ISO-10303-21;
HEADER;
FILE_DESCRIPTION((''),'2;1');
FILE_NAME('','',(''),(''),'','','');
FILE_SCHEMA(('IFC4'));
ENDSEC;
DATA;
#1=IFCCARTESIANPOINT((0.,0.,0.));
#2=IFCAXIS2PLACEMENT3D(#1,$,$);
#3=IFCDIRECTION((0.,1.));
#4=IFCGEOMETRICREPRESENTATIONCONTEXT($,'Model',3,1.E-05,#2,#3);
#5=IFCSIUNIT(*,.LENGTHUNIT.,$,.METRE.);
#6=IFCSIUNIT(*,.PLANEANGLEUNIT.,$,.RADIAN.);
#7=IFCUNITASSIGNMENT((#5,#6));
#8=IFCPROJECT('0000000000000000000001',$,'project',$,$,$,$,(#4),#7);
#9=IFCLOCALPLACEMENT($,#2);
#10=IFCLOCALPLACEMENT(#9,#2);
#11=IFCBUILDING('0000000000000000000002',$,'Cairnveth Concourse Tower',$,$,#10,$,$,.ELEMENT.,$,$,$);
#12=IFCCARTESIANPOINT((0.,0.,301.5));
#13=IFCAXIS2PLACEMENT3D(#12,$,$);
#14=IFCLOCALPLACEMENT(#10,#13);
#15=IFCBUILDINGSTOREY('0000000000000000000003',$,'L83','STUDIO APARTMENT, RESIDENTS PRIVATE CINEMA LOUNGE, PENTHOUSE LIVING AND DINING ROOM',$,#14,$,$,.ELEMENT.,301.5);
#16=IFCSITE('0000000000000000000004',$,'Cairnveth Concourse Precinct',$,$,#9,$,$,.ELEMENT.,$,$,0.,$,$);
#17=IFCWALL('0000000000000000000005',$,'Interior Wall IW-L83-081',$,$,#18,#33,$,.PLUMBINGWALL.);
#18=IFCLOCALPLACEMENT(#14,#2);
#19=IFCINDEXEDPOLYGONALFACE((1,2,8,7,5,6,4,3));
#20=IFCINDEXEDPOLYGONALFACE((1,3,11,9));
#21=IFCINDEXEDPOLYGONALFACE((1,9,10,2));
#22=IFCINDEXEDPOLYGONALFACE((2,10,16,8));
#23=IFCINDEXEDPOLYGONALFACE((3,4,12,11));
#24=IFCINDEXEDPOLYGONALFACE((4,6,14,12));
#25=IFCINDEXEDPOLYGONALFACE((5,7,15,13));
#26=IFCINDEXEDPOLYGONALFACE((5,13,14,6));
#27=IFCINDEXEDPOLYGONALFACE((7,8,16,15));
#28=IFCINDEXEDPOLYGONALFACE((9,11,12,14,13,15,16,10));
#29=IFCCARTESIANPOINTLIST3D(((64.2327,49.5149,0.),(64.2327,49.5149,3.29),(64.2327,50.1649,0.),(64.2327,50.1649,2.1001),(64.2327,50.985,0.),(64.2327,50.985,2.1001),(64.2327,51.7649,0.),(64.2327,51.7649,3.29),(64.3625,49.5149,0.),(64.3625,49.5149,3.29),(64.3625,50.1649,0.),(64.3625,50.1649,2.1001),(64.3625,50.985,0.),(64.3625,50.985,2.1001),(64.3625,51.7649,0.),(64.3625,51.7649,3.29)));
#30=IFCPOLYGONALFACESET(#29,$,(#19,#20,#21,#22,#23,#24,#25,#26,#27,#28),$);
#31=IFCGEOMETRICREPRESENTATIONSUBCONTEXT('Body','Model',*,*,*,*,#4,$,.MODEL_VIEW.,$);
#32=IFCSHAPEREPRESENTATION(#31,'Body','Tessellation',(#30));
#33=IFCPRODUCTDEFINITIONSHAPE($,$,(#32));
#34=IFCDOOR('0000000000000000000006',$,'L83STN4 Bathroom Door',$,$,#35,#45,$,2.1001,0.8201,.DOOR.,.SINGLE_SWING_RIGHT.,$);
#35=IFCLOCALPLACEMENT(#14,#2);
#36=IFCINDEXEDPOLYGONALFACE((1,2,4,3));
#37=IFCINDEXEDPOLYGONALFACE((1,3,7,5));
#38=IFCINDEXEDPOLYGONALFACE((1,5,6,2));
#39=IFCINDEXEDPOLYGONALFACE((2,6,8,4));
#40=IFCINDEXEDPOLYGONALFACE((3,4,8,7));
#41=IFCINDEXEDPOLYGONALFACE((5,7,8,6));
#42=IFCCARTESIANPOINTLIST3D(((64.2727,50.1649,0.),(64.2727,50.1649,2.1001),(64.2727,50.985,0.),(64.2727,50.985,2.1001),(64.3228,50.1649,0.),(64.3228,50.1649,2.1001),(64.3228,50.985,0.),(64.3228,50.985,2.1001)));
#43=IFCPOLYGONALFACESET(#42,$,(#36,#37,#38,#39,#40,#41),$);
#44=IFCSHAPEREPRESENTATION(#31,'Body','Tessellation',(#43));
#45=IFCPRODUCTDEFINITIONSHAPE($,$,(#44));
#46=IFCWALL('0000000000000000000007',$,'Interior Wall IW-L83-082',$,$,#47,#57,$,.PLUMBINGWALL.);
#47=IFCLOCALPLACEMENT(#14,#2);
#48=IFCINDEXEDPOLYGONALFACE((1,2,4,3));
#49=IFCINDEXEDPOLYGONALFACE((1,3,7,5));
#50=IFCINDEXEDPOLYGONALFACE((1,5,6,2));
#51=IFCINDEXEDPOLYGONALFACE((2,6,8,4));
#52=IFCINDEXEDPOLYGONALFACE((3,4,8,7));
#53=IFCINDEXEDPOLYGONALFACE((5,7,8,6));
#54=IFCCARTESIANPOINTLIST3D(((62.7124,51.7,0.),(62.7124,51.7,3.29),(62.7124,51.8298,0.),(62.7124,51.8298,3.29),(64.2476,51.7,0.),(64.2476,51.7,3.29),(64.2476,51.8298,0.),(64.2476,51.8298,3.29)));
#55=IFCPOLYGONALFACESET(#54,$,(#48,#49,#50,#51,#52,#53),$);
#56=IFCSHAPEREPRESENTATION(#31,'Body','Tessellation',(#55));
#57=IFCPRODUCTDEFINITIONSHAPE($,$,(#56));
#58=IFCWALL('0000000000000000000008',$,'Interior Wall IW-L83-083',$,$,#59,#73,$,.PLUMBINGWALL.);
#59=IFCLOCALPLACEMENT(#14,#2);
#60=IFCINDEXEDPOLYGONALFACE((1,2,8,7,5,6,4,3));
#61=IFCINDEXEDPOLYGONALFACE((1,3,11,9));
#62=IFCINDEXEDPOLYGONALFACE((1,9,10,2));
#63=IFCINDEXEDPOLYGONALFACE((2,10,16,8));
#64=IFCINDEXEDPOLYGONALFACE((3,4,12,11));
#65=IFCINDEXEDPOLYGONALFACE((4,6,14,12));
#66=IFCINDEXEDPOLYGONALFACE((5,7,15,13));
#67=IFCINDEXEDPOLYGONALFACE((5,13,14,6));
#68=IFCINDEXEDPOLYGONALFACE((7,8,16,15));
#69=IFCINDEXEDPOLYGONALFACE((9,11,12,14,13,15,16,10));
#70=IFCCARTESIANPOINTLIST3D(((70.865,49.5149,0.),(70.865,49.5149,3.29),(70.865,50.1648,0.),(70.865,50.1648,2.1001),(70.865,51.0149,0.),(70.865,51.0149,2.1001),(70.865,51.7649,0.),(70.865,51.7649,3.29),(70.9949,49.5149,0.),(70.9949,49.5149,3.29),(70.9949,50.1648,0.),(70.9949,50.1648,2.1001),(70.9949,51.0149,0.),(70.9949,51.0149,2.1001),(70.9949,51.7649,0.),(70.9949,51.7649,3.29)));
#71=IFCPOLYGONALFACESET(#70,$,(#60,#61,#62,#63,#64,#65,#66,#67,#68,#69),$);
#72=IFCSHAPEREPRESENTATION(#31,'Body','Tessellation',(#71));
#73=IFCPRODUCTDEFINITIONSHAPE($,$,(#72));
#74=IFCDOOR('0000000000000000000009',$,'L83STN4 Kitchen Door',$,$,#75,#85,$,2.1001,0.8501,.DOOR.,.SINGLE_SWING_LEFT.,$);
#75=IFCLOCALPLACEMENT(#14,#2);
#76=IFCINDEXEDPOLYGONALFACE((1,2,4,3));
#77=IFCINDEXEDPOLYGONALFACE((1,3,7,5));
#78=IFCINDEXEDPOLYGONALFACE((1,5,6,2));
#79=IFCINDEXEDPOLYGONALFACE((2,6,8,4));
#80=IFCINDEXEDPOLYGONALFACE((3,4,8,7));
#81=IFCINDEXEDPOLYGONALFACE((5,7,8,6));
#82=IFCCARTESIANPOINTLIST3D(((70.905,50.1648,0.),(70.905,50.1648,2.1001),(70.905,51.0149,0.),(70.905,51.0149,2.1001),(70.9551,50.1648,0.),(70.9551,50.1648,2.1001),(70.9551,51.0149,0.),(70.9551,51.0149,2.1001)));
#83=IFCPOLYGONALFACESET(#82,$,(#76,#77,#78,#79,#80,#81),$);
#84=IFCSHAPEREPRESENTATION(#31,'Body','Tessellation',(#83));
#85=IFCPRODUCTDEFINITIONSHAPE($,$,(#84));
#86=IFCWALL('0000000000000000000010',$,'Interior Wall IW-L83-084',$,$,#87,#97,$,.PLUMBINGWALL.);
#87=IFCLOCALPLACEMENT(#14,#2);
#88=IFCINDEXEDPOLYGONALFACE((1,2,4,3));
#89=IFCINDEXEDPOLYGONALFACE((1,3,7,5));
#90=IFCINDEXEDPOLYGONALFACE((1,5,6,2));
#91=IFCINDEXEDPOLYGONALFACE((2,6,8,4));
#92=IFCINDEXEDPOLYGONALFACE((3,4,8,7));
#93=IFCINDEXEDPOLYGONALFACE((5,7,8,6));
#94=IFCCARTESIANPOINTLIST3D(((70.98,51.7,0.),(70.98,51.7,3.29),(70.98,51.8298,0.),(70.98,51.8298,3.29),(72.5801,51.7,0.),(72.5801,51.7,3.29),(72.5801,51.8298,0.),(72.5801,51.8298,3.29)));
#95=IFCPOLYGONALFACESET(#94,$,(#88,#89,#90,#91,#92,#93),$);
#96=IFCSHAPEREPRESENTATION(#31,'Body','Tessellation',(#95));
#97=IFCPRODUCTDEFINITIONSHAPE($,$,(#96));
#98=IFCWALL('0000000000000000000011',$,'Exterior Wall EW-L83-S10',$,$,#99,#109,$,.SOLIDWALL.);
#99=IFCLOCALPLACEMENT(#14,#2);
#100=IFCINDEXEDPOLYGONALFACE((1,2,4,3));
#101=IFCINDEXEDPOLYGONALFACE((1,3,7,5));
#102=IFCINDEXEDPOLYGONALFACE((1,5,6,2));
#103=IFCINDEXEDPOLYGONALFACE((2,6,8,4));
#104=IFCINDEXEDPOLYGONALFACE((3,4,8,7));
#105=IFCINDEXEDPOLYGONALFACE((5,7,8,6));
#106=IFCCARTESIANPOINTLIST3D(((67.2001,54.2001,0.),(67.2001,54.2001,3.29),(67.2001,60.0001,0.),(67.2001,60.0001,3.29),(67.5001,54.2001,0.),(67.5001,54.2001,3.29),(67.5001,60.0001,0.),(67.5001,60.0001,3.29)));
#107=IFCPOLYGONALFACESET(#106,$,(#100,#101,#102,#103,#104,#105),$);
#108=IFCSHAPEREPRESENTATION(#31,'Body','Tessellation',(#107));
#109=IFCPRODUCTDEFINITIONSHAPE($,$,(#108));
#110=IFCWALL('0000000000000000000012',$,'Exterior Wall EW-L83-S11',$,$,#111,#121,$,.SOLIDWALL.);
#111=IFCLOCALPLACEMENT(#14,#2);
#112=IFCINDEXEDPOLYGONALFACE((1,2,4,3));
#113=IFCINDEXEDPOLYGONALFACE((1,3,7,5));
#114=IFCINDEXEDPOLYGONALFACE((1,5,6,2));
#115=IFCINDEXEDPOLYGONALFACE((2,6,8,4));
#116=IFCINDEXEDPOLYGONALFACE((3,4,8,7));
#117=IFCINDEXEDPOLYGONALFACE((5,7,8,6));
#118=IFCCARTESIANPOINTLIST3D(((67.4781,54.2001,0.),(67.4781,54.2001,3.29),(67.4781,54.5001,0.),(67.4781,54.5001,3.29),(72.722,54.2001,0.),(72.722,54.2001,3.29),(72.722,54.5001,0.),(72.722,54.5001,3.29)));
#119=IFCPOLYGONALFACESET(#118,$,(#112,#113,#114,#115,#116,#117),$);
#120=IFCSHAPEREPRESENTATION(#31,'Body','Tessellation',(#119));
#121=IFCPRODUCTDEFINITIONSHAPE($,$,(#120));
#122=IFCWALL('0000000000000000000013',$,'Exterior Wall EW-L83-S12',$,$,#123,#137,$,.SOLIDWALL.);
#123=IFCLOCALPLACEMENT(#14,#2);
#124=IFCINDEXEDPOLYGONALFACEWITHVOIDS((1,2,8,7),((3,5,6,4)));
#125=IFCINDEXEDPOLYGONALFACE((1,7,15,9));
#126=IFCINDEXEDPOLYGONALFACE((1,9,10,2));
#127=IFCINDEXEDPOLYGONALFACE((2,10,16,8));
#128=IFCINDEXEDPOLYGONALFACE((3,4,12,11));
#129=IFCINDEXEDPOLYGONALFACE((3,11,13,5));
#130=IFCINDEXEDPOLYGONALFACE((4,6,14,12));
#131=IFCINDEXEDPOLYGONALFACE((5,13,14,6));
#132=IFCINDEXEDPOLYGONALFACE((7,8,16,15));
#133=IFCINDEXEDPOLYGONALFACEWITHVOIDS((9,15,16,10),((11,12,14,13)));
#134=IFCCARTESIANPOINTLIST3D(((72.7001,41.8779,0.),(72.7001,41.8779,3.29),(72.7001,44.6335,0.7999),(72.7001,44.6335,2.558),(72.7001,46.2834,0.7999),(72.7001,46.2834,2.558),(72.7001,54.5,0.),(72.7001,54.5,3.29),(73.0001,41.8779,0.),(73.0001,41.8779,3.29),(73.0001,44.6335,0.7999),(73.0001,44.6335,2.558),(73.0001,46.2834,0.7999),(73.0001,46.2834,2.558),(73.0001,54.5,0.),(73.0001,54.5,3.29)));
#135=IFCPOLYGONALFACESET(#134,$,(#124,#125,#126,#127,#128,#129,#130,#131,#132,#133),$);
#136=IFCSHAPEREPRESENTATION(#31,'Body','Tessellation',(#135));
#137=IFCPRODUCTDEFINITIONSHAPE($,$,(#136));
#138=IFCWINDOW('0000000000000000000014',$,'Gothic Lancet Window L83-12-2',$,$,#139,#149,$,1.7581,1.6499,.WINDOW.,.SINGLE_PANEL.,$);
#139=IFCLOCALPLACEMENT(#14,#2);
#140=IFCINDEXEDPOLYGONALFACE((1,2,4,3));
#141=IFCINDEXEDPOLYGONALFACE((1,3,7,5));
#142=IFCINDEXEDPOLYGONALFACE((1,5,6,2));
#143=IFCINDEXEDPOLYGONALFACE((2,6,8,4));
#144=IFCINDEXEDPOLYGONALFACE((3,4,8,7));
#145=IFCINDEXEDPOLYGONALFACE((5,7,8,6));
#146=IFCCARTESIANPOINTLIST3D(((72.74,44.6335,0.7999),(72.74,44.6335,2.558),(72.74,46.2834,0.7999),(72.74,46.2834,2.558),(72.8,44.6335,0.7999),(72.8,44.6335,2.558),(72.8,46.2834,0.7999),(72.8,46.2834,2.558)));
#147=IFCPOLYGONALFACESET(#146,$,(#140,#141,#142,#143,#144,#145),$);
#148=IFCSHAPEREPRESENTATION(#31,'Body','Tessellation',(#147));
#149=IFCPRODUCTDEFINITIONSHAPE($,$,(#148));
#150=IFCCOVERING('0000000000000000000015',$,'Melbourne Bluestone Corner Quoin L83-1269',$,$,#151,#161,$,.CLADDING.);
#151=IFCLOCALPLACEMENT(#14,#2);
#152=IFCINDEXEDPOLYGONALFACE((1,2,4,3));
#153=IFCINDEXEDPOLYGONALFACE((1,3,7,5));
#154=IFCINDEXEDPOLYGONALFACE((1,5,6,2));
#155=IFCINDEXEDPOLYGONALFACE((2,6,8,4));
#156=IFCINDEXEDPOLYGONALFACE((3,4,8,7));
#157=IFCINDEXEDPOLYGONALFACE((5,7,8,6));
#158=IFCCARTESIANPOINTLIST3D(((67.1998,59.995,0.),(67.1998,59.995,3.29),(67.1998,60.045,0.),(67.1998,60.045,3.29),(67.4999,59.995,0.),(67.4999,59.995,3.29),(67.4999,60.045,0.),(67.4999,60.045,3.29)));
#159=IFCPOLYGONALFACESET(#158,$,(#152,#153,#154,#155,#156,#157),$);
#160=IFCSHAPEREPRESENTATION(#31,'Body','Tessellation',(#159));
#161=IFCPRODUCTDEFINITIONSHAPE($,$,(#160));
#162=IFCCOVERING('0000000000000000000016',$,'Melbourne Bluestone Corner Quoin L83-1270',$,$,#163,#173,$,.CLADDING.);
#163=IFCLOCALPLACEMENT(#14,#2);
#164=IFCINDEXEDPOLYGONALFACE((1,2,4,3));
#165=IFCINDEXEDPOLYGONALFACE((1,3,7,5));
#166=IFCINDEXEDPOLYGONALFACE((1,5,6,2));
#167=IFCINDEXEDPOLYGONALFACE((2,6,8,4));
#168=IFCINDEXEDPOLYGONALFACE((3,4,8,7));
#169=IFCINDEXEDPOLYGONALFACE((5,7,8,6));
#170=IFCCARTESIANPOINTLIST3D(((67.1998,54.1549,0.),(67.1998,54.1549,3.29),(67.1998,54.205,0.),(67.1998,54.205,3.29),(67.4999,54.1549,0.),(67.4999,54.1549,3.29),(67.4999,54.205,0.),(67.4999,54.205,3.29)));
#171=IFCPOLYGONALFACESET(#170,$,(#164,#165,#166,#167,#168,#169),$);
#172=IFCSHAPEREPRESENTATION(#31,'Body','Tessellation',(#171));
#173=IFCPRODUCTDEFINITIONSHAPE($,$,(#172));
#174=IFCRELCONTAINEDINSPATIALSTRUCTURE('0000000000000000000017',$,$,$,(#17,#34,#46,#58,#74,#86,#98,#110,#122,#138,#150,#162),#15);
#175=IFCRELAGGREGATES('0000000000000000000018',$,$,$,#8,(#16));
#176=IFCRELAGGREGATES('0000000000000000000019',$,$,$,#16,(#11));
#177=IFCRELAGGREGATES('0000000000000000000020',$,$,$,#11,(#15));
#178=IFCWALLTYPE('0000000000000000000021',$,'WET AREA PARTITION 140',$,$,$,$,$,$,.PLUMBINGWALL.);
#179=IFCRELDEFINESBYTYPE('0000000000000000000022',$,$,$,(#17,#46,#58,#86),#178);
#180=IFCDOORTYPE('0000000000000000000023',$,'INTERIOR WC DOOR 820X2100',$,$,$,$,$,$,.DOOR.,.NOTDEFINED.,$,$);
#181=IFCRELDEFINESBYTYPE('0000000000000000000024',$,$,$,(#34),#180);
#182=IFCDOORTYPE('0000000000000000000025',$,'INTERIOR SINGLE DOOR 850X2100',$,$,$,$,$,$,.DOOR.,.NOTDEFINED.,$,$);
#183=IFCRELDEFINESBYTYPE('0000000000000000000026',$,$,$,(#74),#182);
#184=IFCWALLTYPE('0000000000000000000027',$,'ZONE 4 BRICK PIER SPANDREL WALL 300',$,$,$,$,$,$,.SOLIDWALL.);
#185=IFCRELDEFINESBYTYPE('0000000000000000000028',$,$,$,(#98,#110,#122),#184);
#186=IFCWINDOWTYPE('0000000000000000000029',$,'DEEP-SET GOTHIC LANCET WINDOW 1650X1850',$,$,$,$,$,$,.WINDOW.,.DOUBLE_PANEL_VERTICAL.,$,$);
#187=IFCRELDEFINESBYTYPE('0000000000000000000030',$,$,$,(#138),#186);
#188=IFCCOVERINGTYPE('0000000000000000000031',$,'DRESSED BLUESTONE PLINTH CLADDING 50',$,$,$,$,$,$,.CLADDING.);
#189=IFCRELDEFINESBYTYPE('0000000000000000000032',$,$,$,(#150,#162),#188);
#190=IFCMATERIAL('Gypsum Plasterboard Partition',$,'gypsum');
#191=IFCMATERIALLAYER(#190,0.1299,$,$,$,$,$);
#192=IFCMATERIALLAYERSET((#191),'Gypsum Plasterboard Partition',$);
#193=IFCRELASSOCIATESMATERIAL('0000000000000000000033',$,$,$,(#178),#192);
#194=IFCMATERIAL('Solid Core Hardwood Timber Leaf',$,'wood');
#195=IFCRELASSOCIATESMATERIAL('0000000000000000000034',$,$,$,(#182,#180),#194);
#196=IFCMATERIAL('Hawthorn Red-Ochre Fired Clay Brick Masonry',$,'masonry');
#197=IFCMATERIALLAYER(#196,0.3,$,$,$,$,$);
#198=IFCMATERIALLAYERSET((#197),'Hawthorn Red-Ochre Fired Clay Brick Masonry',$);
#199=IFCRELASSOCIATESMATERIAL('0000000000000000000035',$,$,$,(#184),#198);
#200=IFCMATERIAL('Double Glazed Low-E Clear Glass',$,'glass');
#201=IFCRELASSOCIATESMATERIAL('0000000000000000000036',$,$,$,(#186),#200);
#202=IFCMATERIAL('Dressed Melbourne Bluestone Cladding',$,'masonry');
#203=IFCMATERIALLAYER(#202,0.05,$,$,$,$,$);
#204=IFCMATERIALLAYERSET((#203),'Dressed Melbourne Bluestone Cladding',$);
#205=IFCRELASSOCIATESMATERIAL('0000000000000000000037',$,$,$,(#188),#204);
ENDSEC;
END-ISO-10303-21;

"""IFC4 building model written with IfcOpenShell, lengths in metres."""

from ifc_helpers import new_model, si_unit, direction, frame, frame_2d, origin, place, context, subcontext, project, spatial, rectangle, extrude, material, layer, layer_set, type_object, element, fill, save


model = new_model("IFC4")

# Units and contexts
model_context = context("Model", 3, precision=1e-05, world=origin(), true_north=direction((0.0, 1.0)))
body_context = subcontext(model_context, "Body", "Model", "MODEL_VIEW")
ifc_project = project(units=[si_unit("LENGTHUNIT", "METRE"), si_unit("PLANEANGLEUNIT", "RADIAN")], contexts=[model_context])

# Site, building, storey
site_placement = place(None, origin())
site = spatial("IfcSite", under=ifc_project, at=site_placement, Name="Cairnveth Concourse Precinct", CompositionType="ELEMENT", RefElevation=0.0)
building_placement = place(site_placement, origin())
building = spatial("IfcBuilding", under=site, at=building_placement, Name="Cairnveth Concourse Tower", CompositionType="ELEMENT")
storey_placement = place(building_placement, frame((0.0, 0.0, 301.5)))
storey = spatial("IfcBuildingStorey", under=building, at=storey_placement, Name="L83", Description="STUDIO APARTMENT, RESIDENTS PRIVATE CINEMA LOUNGE, PENTHOUSE LIVING AND DINING ROOM", CompositionType="ELEMENT", Elevation=301.5)

# Shared definitions
ifc_material_1 = material(Name="Gypsum Plasterboard Partition", Category="gypsum")

# Shared definitions
ifc_layer_1 = layer(ifc_material_1, 0.1299)
ifc_layer_set_1 = layer_set([ifc_layer_1], Name="Gypsum Plasterboard Partition")
wall_type_1 = type_object("IfcWallType", Name="WET AREA PARTITION 140", PredefinedType="PLUMBINGWALL", material=ifc_layer_set_1)
ifc_material_2 = material(Name="Solid Core Hardwood Timber Leaf", Category="wood")
door_type_1 = type_object("IfcDoorType", Name="INTERIOR SINGLE DOOR 850X2100", OperationType="NOTDEFINED", PredefinedType="DOOR", material=ifc_material_2)

# Wall, opening, door
wall_1_placement = place(storey_placement, frame((64.2976, 49.5149, 0.0), z_axis=(0.0, 0.0, 1.0), x_axis=(0.0, 1.0, 0.0)))
wall_1 = element("IfcWall", 1, at=wall_1_placement, inside=storey, type_object=wall_type_1, Name="Interior Wall IW-L83-081", PredefinedType="PLUMBINGWALL", context=body_context, shape_type="SweptSolid", body=[
    extrude(rectangle(XDim=2.25, YDim=0.1299, at=frame_2d((1.125, 0.0))), origin(), (0.0, 0.0, 1.0), 3.29),
])
opening_1_placement = place(wall_1_placement, frame((0.6499, 0.0, 0.0)))
opening_1 = element("IfcOpeningElement", 2, at=opening_1_placement, cuts=wall_1, PredefinedType="OPENING", context=body_context, shape_type="SweptSolid", body=[
    extrude(rectangle(XDim=0.8201, YDim=2.1001, at=frame_2d((0.4102, 1.05))), frame((0.0, 0.075, 0.0), z_axis=(0.0, -1.0, 0.0), x_axis=(1.0, 0.0, 0.0)), (0.0, 0.0, 1.0), 0.1499),
])
door_type_2 = type_object("IfcDoorType", Name="INTERIOR WC DOOR 820X2100", OperationType="NOTDEFINED", PredefinedType="DOOR", material=ifc_material_2)
door_1_placement = place(opening_1_placement, origin())
door_1 = element("IfcDoor", 3, at=door_1_placement, inside=storey, type_object=door_type_2, Name="L83STN4 Bathroom Door", OperationType="SINGLE_SWING_RIGHT", OverallHeight=2.1001, OverallWidth=0.8201, PredefinedType="DOOR", context=body_context, shape_type="SweptSolid", body=[
    extrude(rectangle(XDim=0.8201, YDim=2.1001, at=frame_2d((0.4102, 1.05))), frame((0.0, 0.0249, 0.0), z_axis=(0.0, -1.0, 0.0), x_axis=(1.0, 0.0, 0.0)), (0.0, 0.0, 1.0), 0.05),
])
fill(opening_1, door_1)

# Wall
wall_2_placement = place(storey_placement, frame((62.7124, 51.7649, 0.0), z_axis=(0.0, 0.0, 1.0), x_axis=(1.0, 0.0, 0.0)))
element("IfcWall", 4, at=wall_2_placement, inside=storey, type_object=wall_type_1, Name="Interior Wall IW-L83-082", PredefinedType="PLUMBINGWALL", context=body_context, shape_type="SweptSolid", body=[
    extrude(rectangle(XDim=1.5352, YDim=0.1299, at=frame_2d((0.7676, 0.0))), origin(), (0.0, 0.0, 1.0), 3.29),
])

# Wall, opening, door
wall_3_placement = place(storey_placement, frame((70.9299, 49.5149, 0.0), z_axis=(0.0, 0.0, 1.0), x_axis=(0.0, 1.0, 0.0)))
wall_3 = element("IfcWall", 5, at=wall_3_placement, inside=storey, type_object=wall_type_1, Name="Interior Wall IW-L83-083", PredefinedType="PLUMBINGWALL", context=body_context, shape_type="SweptSolid", body=[
    extrude(rectangle(XDim=2.25, YDim=0.1299, at=frame_2d((1.125, 0.0))), origin(), (0.0, 0.0, 1.0), 3.29),
])
opening_2_placement = place(wall_3_placement, frame((0.6499, 0.0, 0.0)))
opening_2 = element("IfcOpeningElement", 6, at=opening_2_placement, cuts=wall_3, PredefinedType="OPENING", context=body_context, shape_type="SweptSolid", body=[
    extrude(rectangle(XDim=0.8501, YDim=2.1001, at=frame_2d((0.425, 1.05))), frame((0.0, 0.075, 0.0), z_axis=(0.0, -1.0, 0.0), x_axis=(1.0, 0.0, 0.0)), (0.0, 0.0, 1.0), 0.1499),
])
door_2_placement = place(opening_2_placement, origin())
door_2 = element("IfcDoor", 7, at=door_2_placement, inside=storey, type_object=door_type_1, Name="L83STN4 Kitchen Door", OperationType="SINGLE_SWING_LEFT", OverallHeight=2.1001, OverallWidth=0.8501, PredefinedType="DOOR", context=body_context, shape_type="SweptSolid", body=[
    extrude(rectangle(XDim=0.8501, YDim=2.1001, at=frame_2d((0.425, 1.05))), frame((0.0, 0.0249, 0.0), z_axis=(0.0, -1.0, 0.0), x_axis=(1.0, 0.0, 0.0)), (0.0, 0.0, 1.0), 0.05),
])
fill(opening_2, door_2)

# Walls
wall_4_placement = place(storey_placement, frame((70.98, 51.7649, 0.0), z_axis=(0.0, 0.0, 1.0), x_axis=(1.0, 0.0, 0.0)))
element("IfcWall", 8, at=wall_4_placement, inside=storey, type_object=wall_type_1, Name="Interior Wall IW-L83-084", PredefinedType="PLUMBINGWALL", context=body_context, shape_type="SweptSolid", body=[
    extrude(rectangle(XDim=1.6001, YDim=0.1299, at=frame_2d((0.8, 0.0))), origin(), (0.0, 0.0, 1.0), 3.29),
])
ifc_material_3 = material(Name="Hawthorn Red-Ochre Fired Clay Brick Masonry", Category="masonry")
ifc_layer_2 = layer(ifc_material_3, 0.3)
ifc_layer_set_2 = layer_set([ifc_layer_2], Name="Hawthorn Red-Ochre Fired Clay Brick Masonry")
wall_type_2 = type_object("IfcWallType", Name="ZONE 4 BRICK PIER SPANDREL WALL 300", PredefinedType="SOLIDWALL", material=ifc_layer_set_2)
wall_5_placement = place(storey_placement, frame((67.3501, 60.0, 0.0), z_axis=(0.0, 0.0, 1.0), x_axis=(0.0, -1.0, 0.0)))
element("IfcWall", 9, at=wall_5_placement, inside=storey, type_object=wall_type_2, Name="Exterior Wall EW-L83-S10", PredefinedType="SOLIDWALL", context=body_context, shape_type="SweptSolid", body=[
    extrude(rectangle(XDim=5.8, YDim=0.3, at=frame_2d((2.8999, 0.0))), origin(), (0.0, 0.0, 1.0), 3.29),
])
wall_6_placement = place(storey_placement, frame((67.478, 54.3501, 0.0), z_axis=(0.0, 0.0, 1.0), x_axis=(1.0, 0.0, 0.0)))
element("IfcWall", 10, at=wall_6_placement, inside=storey, type_object=wall_type_2, Name="Exterior Wall EW-L83-S11", PredefinedType="SOLIDWALL", context=body_context, shape_type="SweptSolid", body=[
    extrude(rectangle(XDim=5.2439, YDim=0.3, at=frame_2d((2.6221, 0.0))), origin(), (0.0, 0.0, 1.0), 3.29),
])

# Wall, opening, window
wall_7_placement = place(storey_placement, frame((72.8501, 54.5, 0.0), z_axis=(0.0, 0.0, 1.0), x_axis=(0.0, -1.0, 0.0)))
wall_7 = element("IfcWall", 11, at=wall_7_placement, inside=storey, type_object=wall_type_2, Name="Exterior Wall EW-L83-S12", PredefinedType="SOLIDWALL", context=body_context, shape_type="SweptSolid", body=[
    extrude(rectangle(XDim=12.6221, YDim=0.3, at=frame_2d((6.311, 0.0))), origin(), (0.0, 0.0, 1.0), 3.29),
])
opening_3_placement = place(wall_7_placement, frame((8.2166, 0.0, 0.8)))
opening_3 = element("IfcOpeningElement", 12, at=opening_3_placement, cuts=wall_7, PredefinedType="OPENING", context=body_context, shape_type="SweptSolid", body=[
    extrude(rectangle(XDim=1.6499, YDim=1.7581, at=frame_2d((0.825, 0.8789))), frame((0.0, 0.1599, 0.0), z_axis=(0.0, -1.0, 0.0), x_axis=(1.0, 0.0, 0.0)), (0.0, 0.0, 1.0), 0.3201),
])
ifc_material_4 = material(Name="Double Glazed Low-E Clear Glass", Category="glass")
window_type = type_object("IfcWindowType", Name="DEEP-SET GOTHIC LANCET WINDOW 1650X1850", PartitioningType="DOUBLE_PANEL_VERTICAL", PredefinedType="WINDOW", material=ifc_material_4)
window_placement = place(opening_3_placement, origin())
window = element("IfcWindow", 13, at=window_placement, inside=storey, type_object=window_type, Name="Gothic Lancet Window L83-12-2", OverallHeight=1.7581, OverallWidth=1.6499, PartitioningType="SINGLE_PANEL", PredefinedType="WINDOW", context=body_context, shape_type="SweptSolid", body=[
    extrude(rectangle(XDim=1.6499, YDim=1.7581, at=frame_2d((0.825, 0.8789))), frame((0.0, -0.05, 0.0), z_axis=(0.0, -1.0, 0.0), x_axis=(1.0, 0.0, 0.0)), (0.0, 0.0, 1.0), 0.0601),
])
fill(opening_3, window)

# Coverings
ifc_material_5 = material(Name="Dressed Melbourne Bluestone Cladding", Category="masonry")
ifc_layer_3 = layer(ifc_material_5, 0.05)
ifc_layer_set_3 = layer_set([ifc_layer_3], Name="Dressed Melbourne Bluestone Cladding")
covering_type = type_object("IfcCoveringType", Name="DRESSED BLUESTONE PLINTH CLADDING 50", PredefinedType="CLADDING", material=ifc_layer_set_3)
for number, where, z_axis, x_axis, name in (
    (14, (67.2, 60.02, 0.0), (0.0, 0.0, 1.0), (1.0, 0.0, 0.0), "Melbourne Bluestone Corner Quoin L83-1269"),
    (15, (67.2, 54.1799, 0.0), (0.0, 0.0, 1.0), (1.0, 0.0, 0.0), "Melbourne Bluestone Corner Quoin L83-1270"),
):
    element("IfcCovering", number, at=place(storey_placement, frame(where, z_axis=z_axis, x_axis=x_axis)), inside=storey, type_object=covering_type, Name=name, PredefinedType="CLADDING", context=body_context, shape_type="SweptSolid", body=[
        extrude(rectangle(XDim=0.3, YDim=0.05, at=frame_2d((0.1499, 0.0))), origin(), (0.0, 0.0, 1.0), 3.29),
    ])

save(model, "model.ifc")
